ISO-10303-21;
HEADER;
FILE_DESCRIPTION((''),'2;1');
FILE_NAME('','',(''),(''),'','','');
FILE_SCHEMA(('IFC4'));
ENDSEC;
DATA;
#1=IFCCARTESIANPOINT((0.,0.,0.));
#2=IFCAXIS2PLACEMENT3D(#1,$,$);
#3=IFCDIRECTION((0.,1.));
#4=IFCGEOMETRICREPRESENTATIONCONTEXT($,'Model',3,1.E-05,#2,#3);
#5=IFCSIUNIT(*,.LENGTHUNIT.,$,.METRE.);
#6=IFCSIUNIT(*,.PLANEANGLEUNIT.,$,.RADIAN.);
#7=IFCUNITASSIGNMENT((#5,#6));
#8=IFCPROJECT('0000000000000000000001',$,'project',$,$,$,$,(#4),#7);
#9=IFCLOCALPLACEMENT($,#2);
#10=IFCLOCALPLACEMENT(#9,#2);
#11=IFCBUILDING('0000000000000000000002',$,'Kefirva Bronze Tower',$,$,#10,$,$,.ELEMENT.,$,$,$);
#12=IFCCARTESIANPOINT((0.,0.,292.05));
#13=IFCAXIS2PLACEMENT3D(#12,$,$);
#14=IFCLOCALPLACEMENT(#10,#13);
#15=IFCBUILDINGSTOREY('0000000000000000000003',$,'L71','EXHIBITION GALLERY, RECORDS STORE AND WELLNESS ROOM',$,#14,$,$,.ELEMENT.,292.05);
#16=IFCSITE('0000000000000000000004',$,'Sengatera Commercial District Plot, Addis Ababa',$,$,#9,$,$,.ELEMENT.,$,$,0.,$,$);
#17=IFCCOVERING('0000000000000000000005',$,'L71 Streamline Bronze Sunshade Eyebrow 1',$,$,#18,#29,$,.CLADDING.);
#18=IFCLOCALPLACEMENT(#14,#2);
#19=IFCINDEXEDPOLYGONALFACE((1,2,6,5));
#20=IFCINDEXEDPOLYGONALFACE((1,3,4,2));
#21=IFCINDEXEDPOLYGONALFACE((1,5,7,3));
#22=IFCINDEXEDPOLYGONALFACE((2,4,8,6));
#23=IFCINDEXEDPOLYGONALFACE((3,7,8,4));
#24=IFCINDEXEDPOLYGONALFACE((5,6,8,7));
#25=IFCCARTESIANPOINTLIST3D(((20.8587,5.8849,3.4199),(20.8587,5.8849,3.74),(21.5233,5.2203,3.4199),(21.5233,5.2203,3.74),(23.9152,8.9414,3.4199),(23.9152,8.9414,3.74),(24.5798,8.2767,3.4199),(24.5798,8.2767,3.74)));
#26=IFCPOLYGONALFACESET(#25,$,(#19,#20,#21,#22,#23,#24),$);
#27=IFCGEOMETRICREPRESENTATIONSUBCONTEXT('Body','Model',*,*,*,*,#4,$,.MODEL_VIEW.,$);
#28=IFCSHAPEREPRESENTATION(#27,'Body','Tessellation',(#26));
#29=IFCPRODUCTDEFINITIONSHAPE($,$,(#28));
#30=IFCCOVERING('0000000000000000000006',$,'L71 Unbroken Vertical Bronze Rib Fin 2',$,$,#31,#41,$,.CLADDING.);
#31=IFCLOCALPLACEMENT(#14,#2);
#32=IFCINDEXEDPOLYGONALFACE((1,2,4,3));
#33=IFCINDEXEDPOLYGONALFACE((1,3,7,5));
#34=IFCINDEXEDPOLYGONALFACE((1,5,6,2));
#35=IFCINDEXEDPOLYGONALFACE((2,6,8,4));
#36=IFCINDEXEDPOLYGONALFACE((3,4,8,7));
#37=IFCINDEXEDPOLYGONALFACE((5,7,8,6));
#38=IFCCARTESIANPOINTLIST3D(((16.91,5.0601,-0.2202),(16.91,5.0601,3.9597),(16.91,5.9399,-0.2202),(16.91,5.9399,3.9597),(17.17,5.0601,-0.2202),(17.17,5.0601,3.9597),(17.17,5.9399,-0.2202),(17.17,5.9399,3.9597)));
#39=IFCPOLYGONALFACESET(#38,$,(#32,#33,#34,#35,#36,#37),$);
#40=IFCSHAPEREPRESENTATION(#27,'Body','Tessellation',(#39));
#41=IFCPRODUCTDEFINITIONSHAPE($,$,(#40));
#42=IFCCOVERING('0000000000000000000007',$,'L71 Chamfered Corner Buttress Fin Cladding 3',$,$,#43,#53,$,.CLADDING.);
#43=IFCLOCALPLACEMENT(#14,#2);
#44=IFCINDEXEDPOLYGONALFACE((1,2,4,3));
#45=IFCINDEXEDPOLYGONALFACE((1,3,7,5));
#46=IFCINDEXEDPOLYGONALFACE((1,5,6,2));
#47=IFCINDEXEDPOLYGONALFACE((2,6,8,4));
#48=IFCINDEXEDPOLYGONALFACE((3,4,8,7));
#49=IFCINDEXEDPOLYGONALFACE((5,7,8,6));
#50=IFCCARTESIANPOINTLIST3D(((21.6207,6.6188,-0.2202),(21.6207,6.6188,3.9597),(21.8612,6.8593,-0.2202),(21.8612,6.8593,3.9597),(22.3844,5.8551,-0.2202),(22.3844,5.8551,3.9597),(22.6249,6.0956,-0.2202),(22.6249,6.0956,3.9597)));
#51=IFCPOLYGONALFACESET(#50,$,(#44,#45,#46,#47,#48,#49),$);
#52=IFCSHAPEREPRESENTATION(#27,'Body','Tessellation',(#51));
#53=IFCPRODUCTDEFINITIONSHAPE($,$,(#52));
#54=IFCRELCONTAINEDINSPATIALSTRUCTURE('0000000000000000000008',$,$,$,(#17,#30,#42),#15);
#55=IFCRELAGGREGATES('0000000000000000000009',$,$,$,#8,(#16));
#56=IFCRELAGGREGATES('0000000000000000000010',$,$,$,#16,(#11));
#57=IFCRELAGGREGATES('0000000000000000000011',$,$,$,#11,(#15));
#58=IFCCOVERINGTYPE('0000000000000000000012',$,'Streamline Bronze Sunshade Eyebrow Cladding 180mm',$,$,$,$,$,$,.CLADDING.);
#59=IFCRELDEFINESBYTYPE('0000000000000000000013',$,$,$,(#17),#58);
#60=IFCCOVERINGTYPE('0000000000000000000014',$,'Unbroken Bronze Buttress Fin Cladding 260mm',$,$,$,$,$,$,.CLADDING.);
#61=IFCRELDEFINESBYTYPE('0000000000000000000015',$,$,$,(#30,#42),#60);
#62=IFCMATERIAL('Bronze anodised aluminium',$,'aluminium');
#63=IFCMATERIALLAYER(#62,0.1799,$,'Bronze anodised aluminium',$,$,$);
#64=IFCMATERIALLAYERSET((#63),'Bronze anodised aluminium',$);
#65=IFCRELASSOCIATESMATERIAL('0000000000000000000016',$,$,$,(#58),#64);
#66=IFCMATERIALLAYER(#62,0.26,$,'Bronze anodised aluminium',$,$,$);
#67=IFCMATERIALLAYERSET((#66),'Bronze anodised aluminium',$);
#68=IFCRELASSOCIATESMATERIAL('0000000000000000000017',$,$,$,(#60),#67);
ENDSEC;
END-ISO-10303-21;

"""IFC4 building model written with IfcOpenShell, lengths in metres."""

from ifc_helpers import new_model, si_unit, direction, frame, origin, origin_2d, place, context, subcontext, project, spatial, rectangle, extrude, material, layer, layer_set, type_object, element, save


model = new_model("IFC4")

# Units and contexts
model_context = context("Model", 3, precision=1e-05, world=origin(), true_north=direction((0.0, 1.0)))
body_context = subcontext(model_context, "Body", "Model", "MODEL_VIEW")
ifc_project = project(units=[si_unit("LENGTHUNIT", "METRE"), si_unit("PLANEANGLEUNIT", "RADIAN")], contexts=[model_context])

# Site, building, storey
site_placement = place(None, origin())
site = spatial("IfcSite", under=ifc_project, at=site_placement, Name="Sengatera Commercial District Plot, Addis Ababa", CompositionType="ELEMENT", RefElevation=0.0)
building_placement = place(site_placement, origin())
building = spatial("IfcBuilding", under=site, at=building_placement, Name="Kefirva Bronze Tower", CompositionType="ELEMENT")
storey_placement = place(building_placement, frame((0.0, 0.0, 292.05)))
storey = spatial("IfcBuildingStorey", under=building, at=storey_placement, Name="L71", Description="EXHIBITION GALLERY, RECORDS STORE AND WELLNESS ROOM", CompositionType="ELEMENT", Elevation=292.05)

# Shared definitions
ifc_material_1 = material(Name="Bronze anodised aluminium", Category="aluminium")

# Coverings
ifc_layer_1 = layer(ifc_material_1, 0.1799, Name="Bronze anodised aluminium")
ifc_layer_set_1 = layer_set([ifc_layer_1], Name="Bronze anodised aluminium")
covering_type_1 = type_object("IfcCoveringType", Name="Streamline Bronze Sunshade Eyebrow Cladding 180mm", PredefinedType="CLADDING", material=ifc_layer_set_1)
covering_1_placement = place(storey_placement, frame((22.7192, 7.0808, 3.4199), z_axis=(0.0, 0.0, 1.0), x_axis=(0.707107, 0.707107, 0.0)))
element("IfcCovering", 1, at=covering_1_placement, inside=storey, type_object=covering_type_1, Name="L71 Streamline Bronze Sunshade Eyebrow 1", PredefinedType="CLADDING", context=body_context, shape_type="SweptSolid", body=[
    extrude(rectangle(XDim=4.3225, YDim=0.9399, at=origin_2d()), origin(), (0.0, 0.0, 1.0), 0.3201),
])
ifc_layer_2 = layer(ifc_material_1, 0.26, Name="Bronze anodised aluminium")
ifc_layer_set_2 = layer_set([ifc_layer_2], Name="Bronze anodised aluminium")
covering_type_2 = type_object("IfcCoveringType", Name="Unbroken Bronze Buttress Fin Cladding 260mm", PredefinedType="CLADDING", material=ifc_layer_set_2)
covering_2_placement = place(storey_placement, frame((17.04, 5.5, -0.2202), z_axis=(0.0, 0.0, 1.0), x_axis=(1.0, 0.0, 0.0)))
element("IfcCovering", 2, at=covering_2_placement, inside=storey, type_object=covering_type_2, Name="L71 Unbroken Vertical Bronze Rib Fin 2", PredefinedType="CLADDING", context=body_context, shape_type="SweptSolid", body=[
    extrude(rectangle(XDim=0.26, YDim=0.8799, at=origin_2d()), origin(), (0.0, 0.0, 1.0), 4.1799),
])
covering_3_placement = place(storey_placement, frame((22.1228, 6.3572, -0.2202), z_axis=(0.0, 0.0, 1.0), x_axis=(0.707107, 0.707107, 0.0)))
element("IfcCovering", 3, at=covering_3_placement, inside=storey, type_object=covering_type_2, Name="L71 Chamfered Corner Buttress Fin Cladding 3", PredefinedType="CLADDING", context=body_context, shape_type="SweptSolid", body=[
    extrude(rectangle(XDim=0.3401, YDim=1.0801, at=origin_2d()), origin(), (0.0, 0.0, 1.0), 4.1799),
])

save(model, "model.ifc")
